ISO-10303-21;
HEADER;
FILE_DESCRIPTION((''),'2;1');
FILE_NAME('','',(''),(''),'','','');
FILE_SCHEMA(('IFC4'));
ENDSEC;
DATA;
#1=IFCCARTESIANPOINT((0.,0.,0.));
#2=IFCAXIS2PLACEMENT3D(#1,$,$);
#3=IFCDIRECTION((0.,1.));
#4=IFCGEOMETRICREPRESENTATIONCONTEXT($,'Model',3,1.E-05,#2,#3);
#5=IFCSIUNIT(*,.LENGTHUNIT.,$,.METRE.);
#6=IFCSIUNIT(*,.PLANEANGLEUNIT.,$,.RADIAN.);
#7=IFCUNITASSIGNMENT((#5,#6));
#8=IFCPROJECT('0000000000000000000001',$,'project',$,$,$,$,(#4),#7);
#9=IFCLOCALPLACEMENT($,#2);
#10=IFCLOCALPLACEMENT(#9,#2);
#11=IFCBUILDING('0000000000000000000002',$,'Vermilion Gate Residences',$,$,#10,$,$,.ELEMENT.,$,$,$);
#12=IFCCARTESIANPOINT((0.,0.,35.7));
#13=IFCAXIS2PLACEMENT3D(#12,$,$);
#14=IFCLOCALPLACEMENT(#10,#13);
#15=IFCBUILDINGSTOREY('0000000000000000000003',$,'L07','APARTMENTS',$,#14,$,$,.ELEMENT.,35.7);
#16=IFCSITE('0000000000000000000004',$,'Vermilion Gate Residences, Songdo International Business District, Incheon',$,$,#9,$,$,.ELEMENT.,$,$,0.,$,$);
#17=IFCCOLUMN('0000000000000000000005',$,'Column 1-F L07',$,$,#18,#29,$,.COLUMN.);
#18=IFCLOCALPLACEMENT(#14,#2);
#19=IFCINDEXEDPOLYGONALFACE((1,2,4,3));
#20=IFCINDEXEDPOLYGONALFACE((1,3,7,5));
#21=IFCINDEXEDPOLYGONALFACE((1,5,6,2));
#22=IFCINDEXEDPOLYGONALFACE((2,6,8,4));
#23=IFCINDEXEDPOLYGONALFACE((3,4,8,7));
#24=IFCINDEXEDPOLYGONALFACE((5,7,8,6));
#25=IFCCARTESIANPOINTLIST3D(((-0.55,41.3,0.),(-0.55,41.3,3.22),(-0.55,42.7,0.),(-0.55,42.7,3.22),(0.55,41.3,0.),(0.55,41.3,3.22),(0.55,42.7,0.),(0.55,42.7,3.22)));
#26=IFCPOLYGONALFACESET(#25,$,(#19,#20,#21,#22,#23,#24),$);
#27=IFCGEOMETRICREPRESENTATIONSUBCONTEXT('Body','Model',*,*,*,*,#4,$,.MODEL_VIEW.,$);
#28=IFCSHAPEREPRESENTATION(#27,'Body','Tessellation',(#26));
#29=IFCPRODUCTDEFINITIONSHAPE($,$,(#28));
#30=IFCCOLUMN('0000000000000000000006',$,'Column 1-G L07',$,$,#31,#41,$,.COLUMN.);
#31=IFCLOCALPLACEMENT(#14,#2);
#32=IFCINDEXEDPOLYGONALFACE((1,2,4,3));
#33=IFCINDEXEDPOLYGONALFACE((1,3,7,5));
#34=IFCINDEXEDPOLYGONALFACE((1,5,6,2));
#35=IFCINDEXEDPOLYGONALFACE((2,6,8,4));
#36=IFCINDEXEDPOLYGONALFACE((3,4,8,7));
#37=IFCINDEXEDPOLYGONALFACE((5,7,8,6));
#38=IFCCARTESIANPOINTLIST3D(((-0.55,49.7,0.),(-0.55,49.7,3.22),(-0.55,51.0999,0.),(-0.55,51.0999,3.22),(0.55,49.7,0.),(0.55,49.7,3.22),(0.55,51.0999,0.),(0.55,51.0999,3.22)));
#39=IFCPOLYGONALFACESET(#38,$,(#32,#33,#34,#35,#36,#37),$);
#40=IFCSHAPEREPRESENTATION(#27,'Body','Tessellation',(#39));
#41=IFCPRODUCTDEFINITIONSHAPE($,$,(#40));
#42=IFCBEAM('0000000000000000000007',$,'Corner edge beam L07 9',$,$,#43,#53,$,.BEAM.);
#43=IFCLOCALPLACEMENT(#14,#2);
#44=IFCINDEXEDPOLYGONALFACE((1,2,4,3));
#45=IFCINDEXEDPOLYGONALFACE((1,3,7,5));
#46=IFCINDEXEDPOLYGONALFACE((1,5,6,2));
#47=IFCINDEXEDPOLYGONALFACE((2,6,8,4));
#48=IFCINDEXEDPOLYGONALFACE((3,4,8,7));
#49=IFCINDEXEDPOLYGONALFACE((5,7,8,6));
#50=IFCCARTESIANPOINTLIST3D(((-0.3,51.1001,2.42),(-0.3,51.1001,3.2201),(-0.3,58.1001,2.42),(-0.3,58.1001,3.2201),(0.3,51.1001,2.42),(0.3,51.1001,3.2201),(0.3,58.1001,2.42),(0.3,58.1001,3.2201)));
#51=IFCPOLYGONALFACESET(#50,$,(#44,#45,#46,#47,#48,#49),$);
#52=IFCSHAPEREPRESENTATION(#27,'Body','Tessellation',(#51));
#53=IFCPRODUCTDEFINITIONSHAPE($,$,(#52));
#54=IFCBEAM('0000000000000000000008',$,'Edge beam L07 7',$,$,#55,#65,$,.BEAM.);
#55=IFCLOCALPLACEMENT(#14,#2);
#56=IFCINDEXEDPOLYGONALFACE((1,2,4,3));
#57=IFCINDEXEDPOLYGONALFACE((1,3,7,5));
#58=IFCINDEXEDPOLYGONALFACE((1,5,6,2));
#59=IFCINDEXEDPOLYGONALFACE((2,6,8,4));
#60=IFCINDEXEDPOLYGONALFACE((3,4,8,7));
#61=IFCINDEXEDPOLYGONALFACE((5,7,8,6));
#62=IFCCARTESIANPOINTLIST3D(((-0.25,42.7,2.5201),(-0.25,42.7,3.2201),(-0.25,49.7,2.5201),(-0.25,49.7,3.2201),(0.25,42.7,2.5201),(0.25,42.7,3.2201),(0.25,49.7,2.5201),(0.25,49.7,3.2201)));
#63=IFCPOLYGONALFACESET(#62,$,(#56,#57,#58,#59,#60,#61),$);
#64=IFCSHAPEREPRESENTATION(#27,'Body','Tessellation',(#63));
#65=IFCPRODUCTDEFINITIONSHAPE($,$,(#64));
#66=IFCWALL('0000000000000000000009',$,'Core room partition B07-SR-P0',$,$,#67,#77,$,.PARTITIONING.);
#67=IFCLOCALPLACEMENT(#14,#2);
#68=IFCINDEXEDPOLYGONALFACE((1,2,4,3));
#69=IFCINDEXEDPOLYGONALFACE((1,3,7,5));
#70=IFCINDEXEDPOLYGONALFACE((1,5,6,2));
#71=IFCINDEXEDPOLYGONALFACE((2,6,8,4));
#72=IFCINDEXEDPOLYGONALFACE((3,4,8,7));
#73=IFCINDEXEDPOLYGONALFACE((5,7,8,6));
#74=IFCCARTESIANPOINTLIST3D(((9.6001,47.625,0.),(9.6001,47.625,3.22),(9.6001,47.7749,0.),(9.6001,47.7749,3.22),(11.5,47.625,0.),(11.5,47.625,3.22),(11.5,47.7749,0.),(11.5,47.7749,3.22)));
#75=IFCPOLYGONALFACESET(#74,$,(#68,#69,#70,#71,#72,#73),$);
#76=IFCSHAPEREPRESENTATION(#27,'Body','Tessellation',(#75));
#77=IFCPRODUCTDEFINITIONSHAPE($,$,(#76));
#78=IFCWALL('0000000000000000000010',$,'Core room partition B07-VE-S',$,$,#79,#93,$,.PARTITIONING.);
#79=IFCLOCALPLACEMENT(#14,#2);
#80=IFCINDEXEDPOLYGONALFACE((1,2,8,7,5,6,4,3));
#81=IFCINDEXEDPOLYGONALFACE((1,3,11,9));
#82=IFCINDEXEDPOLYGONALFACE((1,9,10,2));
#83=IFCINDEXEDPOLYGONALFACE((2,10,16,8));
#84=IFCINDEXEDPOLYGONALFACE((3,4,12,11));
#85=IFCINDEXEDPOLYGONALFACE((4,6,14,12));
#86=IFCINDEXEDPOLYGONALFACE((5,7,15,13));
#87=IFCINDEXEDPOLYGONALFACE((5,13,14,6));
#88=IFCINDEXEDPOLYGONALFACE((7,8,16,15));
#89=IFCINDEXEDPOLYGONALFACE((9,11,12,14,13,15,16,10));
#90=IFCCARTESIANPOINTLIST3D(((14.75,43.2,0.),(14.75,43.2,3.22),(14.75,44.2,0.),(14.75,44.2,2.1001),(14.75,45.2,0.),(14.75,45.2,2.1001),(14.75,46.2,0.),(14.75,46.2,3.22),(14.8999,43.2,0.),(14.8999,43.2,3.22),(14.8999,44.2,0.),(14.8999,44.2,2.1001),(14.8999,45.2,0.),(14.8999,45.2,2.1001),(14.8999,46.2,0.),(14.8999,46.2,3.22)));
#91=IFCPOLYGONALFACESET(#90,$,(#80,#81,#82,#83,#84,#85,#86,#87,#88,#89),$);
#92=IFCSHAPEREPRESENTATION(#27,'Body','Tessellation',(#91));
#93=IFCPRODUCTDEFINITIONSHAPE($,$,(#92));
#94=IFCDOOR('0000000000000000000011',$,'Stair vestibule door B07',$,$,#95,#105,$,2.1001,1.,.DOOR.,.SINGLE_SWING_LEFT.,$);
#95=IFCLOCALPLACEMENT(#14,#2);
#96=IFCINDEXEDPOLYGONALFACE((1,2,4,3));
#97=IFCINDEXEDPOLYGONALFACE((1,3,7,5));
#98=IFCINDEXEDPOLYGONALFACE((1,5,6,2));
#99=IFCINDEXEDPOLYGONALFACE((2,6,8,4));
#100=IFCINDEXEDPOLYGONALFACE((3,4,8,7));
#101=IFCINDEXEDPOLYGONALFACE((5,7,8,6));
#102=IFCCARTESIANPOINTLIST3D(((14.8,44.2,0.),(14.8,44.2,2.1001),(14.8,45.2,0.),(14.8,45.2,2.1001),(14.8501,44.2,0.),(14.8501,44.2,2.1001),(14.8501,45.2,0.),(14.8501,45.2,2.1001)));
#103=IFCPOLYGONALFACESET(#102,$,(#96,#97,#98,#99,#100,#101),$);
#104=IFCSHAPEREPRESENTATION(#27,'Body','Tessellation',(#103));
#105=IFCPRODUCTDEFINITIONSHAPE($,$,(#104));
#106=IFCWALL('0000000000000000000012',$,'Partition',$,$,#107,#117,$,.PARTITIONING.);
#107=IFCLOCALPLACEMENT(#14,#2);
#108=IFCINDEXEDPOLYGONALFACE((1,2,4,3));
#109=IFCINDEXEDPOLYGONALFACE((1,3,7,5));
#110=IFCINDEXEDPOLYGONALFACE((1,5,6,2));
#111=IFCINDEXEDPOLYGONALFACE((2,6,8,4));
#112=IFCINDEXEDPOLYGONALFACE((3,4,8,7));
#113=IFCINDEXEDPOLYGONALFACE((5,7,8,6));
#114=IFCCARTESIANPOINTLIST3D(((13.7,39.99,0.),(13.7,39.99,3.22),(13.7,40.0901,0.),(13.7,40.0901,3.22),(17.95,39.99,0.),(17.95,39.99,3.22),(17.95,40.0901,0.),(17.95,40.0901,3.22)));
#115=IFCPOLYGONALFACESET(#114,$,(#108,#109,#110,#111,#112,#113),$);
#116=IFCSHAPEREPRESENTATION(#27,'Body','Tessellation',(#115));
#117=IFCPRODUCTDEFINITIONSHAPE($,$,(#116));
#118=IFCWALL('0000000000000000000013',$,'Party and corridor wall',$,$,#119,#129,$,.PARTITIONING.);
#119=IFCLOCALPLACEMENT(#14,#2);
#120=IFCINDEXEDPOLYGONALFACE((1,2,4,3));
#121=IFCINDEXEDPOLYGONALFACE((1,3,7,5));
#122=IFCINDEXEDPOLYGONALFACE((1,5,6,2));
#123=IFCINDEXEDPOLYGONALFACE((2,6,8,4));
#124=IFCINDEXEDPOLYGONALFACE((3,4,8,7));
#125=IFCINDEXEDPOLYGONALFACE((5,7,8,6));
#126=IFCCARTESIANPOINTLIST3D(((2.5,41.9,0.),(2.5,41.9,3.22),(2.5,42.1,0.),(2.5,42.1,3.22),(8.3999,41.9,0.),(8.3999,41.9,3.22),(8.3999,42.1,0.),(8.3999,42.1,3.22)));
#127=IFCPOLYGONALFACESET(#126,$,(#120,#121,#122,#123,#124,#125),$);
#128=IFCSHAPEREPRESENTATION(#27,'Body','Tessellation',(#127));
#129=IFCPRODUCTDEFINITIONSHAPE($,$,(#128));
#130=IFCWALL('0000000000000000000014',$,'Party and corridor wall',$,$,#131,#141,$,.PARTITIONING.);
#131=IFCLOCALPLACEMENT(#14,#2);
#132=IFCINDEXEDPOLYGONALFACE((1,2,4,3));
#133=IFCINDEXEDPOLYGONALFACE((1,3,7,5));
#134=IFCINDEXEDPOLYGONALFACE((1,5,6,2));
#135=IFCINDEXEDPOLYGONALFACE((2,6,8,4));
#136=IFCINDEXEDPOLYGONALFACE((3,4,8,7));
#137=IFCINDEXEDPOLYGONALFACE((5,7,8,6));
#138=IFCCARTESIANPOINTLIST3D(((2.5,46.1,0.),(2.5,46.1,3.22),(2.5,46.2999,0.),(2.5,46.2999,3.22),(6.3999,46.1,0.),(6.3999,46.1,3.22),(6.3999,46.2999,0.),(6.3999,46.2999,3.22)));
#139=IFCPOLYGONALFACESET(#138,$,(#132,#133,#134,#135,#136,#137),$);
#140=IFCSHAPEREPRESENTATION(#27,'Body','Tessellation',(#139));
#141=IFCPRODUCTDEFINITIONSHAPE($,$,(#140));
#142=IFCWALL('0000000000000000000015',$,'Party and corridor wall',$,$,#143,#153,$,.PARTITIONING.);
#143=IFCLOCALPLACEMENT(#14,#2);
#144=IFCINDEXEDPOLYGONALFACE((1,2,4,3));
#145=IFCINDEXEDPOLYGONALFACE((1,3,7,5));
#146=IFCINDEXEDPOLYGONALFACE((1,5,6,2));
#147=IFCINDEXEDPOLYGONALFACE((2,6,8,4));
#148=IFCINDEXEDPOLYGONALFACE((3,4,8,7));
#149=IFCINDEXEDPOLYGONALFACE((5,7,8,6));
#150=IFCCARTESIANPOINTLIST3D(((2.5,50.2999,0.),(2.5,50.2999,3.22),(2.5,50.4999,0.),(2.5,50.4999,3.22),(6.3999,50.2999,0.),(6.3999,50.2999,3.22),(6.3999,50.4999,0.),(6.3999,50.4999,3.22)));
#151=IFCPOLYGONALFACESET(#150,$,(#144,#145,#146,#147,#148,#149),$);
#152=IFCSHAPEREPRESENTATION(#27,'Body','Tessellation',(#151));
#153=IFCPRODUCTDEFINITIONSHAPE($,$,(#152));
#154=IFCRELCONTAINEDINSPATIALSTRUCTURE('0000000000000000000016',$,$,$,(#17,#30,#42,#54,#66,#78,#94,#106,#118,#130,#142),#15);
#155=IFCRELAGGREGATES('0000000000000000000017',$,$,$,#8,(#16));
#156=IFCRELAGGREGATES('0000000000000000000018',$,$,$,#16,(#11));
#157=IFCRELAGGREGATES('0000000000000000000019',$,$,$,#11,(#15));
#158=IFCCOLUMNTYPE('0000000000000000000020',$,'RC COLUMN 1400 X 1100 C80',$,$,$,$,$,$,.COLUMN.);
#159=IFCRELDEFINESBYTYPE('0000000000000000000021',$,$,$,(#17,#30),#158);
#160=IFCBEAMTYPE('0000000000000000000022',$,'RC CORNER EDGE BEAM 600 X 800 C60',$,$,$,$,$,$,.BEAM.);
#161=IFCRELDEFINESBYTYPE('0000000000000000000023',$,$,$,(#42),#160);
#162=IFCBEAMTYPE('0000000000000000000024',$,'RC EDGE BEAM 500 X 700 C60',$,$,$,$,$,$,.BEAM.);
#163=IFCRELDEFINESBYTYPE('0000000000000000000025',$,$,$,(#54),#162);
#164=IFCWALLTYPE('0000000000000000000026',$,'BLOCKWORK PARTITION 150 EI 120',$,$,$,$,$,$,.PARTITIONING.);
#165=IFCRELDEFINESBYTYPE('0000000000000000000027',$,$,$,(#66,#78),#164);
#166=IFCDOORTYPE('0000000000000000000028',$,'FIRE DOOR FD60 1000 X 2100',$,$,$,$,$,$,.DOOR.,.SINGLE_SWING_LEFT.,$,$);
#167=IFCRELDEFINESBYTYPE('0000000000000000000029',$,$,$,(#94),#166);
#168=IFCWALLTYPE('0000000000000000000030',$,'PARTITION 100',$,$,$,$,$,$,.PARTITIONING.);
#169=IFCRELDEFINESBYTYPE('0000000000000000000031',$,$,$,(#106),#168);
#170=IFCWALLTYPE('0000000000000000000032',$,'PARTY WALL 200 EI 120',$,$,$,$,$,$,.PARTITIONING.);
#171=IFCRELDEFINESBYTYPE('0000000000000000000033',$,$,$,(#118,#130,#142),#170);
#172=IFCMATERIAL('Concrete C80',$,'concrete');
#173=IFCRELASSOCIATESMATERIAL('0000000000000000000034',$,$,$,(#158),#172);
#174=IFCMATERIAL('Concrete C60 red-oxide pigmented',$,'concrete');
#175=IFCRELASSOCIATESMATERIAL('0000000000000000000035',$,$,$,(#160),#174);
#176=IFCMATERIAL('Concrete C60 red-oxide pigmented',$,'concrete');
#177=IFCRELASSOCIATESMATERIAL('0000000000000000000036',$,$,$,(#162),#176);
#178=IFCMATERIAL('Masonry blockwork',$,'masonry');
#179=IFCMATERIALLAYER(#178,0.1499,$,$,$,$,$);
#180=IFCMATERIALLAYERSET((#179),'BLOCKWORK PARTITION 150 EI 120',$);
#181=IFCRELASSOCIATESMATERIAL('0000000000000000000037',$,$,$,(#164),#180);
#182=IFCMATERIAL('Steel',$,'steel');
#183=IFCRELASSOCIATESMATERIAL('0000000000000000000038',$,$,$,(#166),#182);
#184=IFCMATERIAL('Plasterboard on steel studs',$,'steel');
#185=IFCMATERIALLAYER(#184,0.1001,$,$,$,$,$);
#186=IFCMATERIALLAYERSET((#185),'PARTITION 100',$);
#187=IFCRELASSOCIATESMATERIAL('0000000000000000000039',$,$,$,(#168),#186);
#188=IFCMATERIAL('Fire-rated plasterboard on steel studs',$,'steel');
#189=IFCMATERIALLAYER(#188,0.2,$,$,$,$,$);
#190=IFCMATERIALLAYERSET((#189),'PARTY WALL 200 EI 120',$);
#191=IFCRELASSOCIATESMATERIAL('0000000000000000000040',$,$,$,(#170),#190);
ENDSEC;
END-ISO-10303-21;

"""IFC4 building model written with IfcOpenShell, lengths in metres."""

from ifc_helpers import new_model, si_unit, direction, frame, frame_2d, origin, origin_2d, place, context, subcontext, project, spatial, rectangle, extrude, material, layer, layer_set, material_profile, profile_set, type_object, element, fill, save


model = new_model("IFC4")

# Units and contexts
model_context = context("Model", 3, precision=1e-05, world=origin(), true_north=direction((0.0, 1.0)))
body_context = subcontext(model_context, "Body", "Model", "MODEL_VIEW")
ifc_project = project(units=[si_unit("LENGTHUNIT", "METRE"), si_unit("PLANEANGLEUNIT", "RADIAN")], contexts=[model_context])

# Site, building, storey
site_placement = place(None, origin())
site = spatial("IfcSite", under=ifc_project, at=site_placement, Name="Vermilion Gate Residences, Songdo International Business District, Incheon", CompositionType="ELEMENT", RefElevation=0.0)
building_placement = place(site_placement, origin())
building = spatial("IfcBuilding", under=site, at=building_placement, Name="Vermilion Gate Residences", CompositionType="ELEMENT")
storey_placement = place(building_placement, frame((0.0, 0.0, 35.7)))
storey = spatial("IfcBuildingStorey", under=building, at=storey_placement, Name="L07", Description="APARTMENTS", CompositionType="ELEMENT", Elevation=35.7)

# Columns
ifc_material_1 = material(Name="Concrete C80", Category="concrete")
ifc_material_profile_1 = material_profile(ifc_material_1, rectangle(XDim=1.3999, YDim=1.1001, at=origin_2d()), Name="RC-1400x1100")
ifc_profile_set_1 = profile_set([ifc_material_profile_1], Name="Concrete C80")
column_type = type_object("IfcColumnType", Name="RC COLUMN 1400 X 1100 C80", PredefinedType="COLUMN", material=ifc_profile_set_1)
for number, where, z_axis, x_axis, name in (
    (1, (0.0, 42.0, 0.0), (0.0, 0.0, 1.0), (0.0, 1.0, 0.0), "Column 1-F L07"),
    (2, (0.0, 50.3999, 0.0), (0.0, 0.0, 1.0), (0.0, 1.0, 0.0), "Column 1-G L07"),
):
    element("IfcColumn", number, at=place(storey_placement, frame(where, z_axis=z_axis, x_axis=x_axis)), inside=storey, type_object=column_type, Name=name, PredefinedType="COLUMN", context=body_context, shape_type="SweptSolid", body=[
        extrude(rectangle(XDim=1.3999, YDim=1.1001, at=origin_2d()), origin(), (0.0, 0.0, 1.0), 3.22),
    ])

# Beams
ifc_material_2 = material(Name="Concrete C60 red-oxide pigmented", Category="concrete")
ifc_material_profile_2 = material_profile(ifc_material_2, rectangle(XDim=0.6001, YDim=0.8, at=origin_2d()), Name="RC-600x800")
ifc_profile_set_2 = profile_set([ifc_material_profile_2], Name="Concrete C60 red-oxide pigmented")
beam_type_1 = type_object("IfcBeamType", Name="RC CORNER EDGE BEAM 600 X 800 C60", PredefinedType="BEAM", material=ifc_profile_set_2)
beam_1_placement = place(storey_placement, frame((0.0, 51.1001, 2.8201), z_axis=(0.0, 1.0, 0.0), x_axis=(-1.0, 0.0, 0.0)))
element("IfcBeam", 3, at=beam_1_placement, inside=storey, type_object=beam_type_1, Name="Corner edge beam L07 9", PredefinedType="BEAM", context=body_context, shape_type="SweptSolid", body=[
    extrude(rectangle(XDim=0.6001, YDim=0.8, at=origin_2d()), origin(), (0.0, 0.0, 1.0), 7.0),
])
ifc_material_3 = material(Name="Concrete C60 red-oxide pigmented", Category="concrete")
ifc_material_profile_3 = material_profile(ifc_material_3, rectangle(XDim=0.5, YDim=0.7, at=origin_2d()), Name="RC-500x700")
ifc_profile_set_3 = profile_set([ifc_material_profile_3], Name="Concrete C60 red-oxide pigmented")
beam_type_2 = type_object("IfcBeamType", Name="RC EDGE BEAM 500 X 700 C60", PredefinedType="BEAM", material=ifc_profile_set_3)
beam_2_placement = place(storey_placement, frame((0.0, 42.7, 2.8701), z_axis=(0.0, 1.0, 0.0), x_axis=(-1.0, 0.0, 0.0)))
element("IfcBeam", 4, at=beam_2_placement, inside=storey, type_object=beam_type_2, Name="Edge beam L07 7", PredefinedType="BEAM", context=body_context, shape_type="SweptSolid", body=[
    extrude(rectangle(XDim=0.5, YDim=0.7, at=origin_2d()), origin(), (0.0, 0.0, 1.0), 7.0),
])

# Wall
ifc_material_4 = material(Name="Masonry blockwork", Category="masonry")
ifc_layer_1 = layer(ifc_material_4, 0.1499)
ifc_layer_set_1 = layer_set([ifc_layer_1], Name="BLOCKWORK PARTITION 150 EI 120")
wall_type_1 = type_object("IfcWallType", Name="BLOCKWORK PARTITION 150 EI 120", PredefinedType="PARTITIONING", material=ifc_layer_set_1)
wall_1_placement = place(storey_placement, frame((9.6001, 47.7, 0.0), z_axis=(0.0, 0.0, 1.0), x_axis=(1.0, 0.0, 0.0)))
element("IfcWall", 5, at=wall_1_placement, inside=storey, type_object=wall_type_1, Name="Core room partition B07-SR-P0", PredefinedType="PARTITIONING", context=body_context, shape_type="SweptSolid", body=[
    extrude(rectangle(XDim=1.8999, YDim=0.1499, at=frame_2d((0.95, 0.0))), origin(), (0.0, 0.0, 1.0), 3.22),
])

# Wall, opening, door
wall_2_placement = place(storey_placement, frame((14.825, 46.2, 0.0), z_axis=(0.0, 0.0, 1.0), x_axis=(0.0, -1.0, 0.0)))
wall_2 = element("IfcWall", 6, at=wall_2_placement, inside=storey, type_object=wall_type_1, Name="Core room partition B07-VE-S", PredefinedType="PARTITIONING", context=body_context, shape_type="SweptSolid", body=[
    extrude(rectangle(XDim=3.0, YDim=0.1499, at=frame_2d((1.5, 0.0))), origin(), (0.0, 0.0, 1.0), 3.22),
])
opening_1_placement = place(wall_2_placement, frame((1.0, 0.0, 0.0)))
opening_1 = element("IfcOpeningElement", 7, at=opening_1_placement, cuts=wall_2, PredefinedType="OPENING", context=body_context, shape_type="SweptSolid", body=[
    extrude(rectangle(XDim=1.0, YDim=2.1001, at=frame_2d((0.5, 1.05))), frame((0.0, 0.085, 0.0), z_axis=(0.0, -1.0, 0.0), x_axis=(1.0, 0.0, 0.0)), (0.0, 0.0, 1.0), 0.1699),
])
ifc_material_5 = material(Name="Steel", Category="steel")
door_type_1 = type_object("IfcDoorType", Name="FIRE DOOR FD60 1000 X 2100", OperationType="SINGLE_SWING_LEFT", PredefinedType="DOOR", material=ifc_material_5)
door_1_placement = place(opening_1_placement, frame((1.0, 0.0, 0.0), z_axis=(0.0, 0.0, 1.0), x_axis=(-1.0, 0.0, 0.0)))
door_1 = element("IfcDoor", 8, at=door_1_placement, inside=storey, type_object=door_type_1, Name="Stair vestibule door B07", OperationType="SINGLE_SWING_LEFT", OverallHeight=2.1001, OverallWidth=1.0, PredefinedType="DOOR", context=body_context, shape_type="SweptSolid", body=[
    extrude(rectangle(XDim=1.0, YDim=2.1001, at=frame_2d((0.5, 1.05))), frame((0.0, 0.0249, 0.0), z_axis=(0.0, -1.0, 0.0), x_axis=(1.0, 0.0, 0.0)), (0.0, 0.0, 1.0), 0.05),
])
fill(opening_1, door_1)

# Walls
ifc_material_6 = material(Name="Plasterboard on steel studs", Category="steel")
ifc_layer_2 = layer(ifc_material_6, 0.1001)
ifc_layer_set_2 = layer_set([ifc_layer_2], Name="PARTITION 100")
wall_type_2 = type_object("IfcWallType", Name="PARTITION 100", PredefinedType="PARTITIONING", material=ifc_layer_set_2)
wall_3_placement = place(storey_placement, frame((13.7, 40.04, 0.0), z_axis=(0.0, 0.0, 1.0), x_axis=(1.0, 0.0, 0.0)))
element("IfcWall", 9, at=wall_3_placement, inside=storey, type_object=wall_type_2, Name="Partition", PredefinedType="PARTITIONING", context=body_context, shape_type="SweptSolid", body=[
    extrude(rectangle(XDim=4.25, YDim=0.1001, at=frame_2d((2.125, 0.0))), origin(), (0.0, 0.0, 1.0), 3.22),
])
ifc_material_7 = material(Name="Fire-rated plasterboard on steel studs", Category="steel")
ifc_layer_3 = layer(ifc_material_7, 0.2)
ifc_layer_set_3 = layer_set([ifc_layer_3], Name="PARTY WALL 200 EI 120")
wall_type_3 = type_object("IfcWallType", Name="PARTY WALL 200 EI 120", PredefinedType="PARTITIONING", material=ifc_layer_set_3)
wall_4_placement = place(storey_placement, frame((2.5, 42.0, 0.0), z_axis=(0.0, 0.0, 1.0), x_axis=(1.0, 0.0, 0.0)))
element("IfcWall", 10, at=wall_4_placement, inside=storey, type_object=wall_type_3, Name="Party and corridor wall", PredefinedType="PARTITIONING", context=body_context, shape_type="SweptSolid", body=[
    extrude(rectangle(XDim=5.8999, YDim=0.2, at=frame_2d((2.95, 0.0))), origin(), (0.0, 0.0, 1.0), 3.22),
])
for number, where, z_axis, x_axis, name in (
    (11, (2.5, 46.2, 0.0), (0.0, 0.0, 1.0), (1.0, 0.0, 0.0), "Party and corridor wall"),
    (12, (2.5, 50.3999, 0.0), (0.0, 0.0, 1.0), (1.0, 0.0, 0.0), "Party and corridor wall"),
):
    element("IfcWall", number, at=place(storey_placement, frame(where, z_axis=z_axis, x_axis=x_axis)), inside=storey, type_object=wall_type_3, Name=name, PredefinedType="PARTITIONING", context=body_context, shape_type="SweptSolid", body=[
        extrude(rectangle(XDim=3.8999, YDim=0.2, at=frame_2d((1.95, 0.0))), origin(), (0.0, 0.0, 1.0), 3.22),
    ])

save(model, "model.ifc")
